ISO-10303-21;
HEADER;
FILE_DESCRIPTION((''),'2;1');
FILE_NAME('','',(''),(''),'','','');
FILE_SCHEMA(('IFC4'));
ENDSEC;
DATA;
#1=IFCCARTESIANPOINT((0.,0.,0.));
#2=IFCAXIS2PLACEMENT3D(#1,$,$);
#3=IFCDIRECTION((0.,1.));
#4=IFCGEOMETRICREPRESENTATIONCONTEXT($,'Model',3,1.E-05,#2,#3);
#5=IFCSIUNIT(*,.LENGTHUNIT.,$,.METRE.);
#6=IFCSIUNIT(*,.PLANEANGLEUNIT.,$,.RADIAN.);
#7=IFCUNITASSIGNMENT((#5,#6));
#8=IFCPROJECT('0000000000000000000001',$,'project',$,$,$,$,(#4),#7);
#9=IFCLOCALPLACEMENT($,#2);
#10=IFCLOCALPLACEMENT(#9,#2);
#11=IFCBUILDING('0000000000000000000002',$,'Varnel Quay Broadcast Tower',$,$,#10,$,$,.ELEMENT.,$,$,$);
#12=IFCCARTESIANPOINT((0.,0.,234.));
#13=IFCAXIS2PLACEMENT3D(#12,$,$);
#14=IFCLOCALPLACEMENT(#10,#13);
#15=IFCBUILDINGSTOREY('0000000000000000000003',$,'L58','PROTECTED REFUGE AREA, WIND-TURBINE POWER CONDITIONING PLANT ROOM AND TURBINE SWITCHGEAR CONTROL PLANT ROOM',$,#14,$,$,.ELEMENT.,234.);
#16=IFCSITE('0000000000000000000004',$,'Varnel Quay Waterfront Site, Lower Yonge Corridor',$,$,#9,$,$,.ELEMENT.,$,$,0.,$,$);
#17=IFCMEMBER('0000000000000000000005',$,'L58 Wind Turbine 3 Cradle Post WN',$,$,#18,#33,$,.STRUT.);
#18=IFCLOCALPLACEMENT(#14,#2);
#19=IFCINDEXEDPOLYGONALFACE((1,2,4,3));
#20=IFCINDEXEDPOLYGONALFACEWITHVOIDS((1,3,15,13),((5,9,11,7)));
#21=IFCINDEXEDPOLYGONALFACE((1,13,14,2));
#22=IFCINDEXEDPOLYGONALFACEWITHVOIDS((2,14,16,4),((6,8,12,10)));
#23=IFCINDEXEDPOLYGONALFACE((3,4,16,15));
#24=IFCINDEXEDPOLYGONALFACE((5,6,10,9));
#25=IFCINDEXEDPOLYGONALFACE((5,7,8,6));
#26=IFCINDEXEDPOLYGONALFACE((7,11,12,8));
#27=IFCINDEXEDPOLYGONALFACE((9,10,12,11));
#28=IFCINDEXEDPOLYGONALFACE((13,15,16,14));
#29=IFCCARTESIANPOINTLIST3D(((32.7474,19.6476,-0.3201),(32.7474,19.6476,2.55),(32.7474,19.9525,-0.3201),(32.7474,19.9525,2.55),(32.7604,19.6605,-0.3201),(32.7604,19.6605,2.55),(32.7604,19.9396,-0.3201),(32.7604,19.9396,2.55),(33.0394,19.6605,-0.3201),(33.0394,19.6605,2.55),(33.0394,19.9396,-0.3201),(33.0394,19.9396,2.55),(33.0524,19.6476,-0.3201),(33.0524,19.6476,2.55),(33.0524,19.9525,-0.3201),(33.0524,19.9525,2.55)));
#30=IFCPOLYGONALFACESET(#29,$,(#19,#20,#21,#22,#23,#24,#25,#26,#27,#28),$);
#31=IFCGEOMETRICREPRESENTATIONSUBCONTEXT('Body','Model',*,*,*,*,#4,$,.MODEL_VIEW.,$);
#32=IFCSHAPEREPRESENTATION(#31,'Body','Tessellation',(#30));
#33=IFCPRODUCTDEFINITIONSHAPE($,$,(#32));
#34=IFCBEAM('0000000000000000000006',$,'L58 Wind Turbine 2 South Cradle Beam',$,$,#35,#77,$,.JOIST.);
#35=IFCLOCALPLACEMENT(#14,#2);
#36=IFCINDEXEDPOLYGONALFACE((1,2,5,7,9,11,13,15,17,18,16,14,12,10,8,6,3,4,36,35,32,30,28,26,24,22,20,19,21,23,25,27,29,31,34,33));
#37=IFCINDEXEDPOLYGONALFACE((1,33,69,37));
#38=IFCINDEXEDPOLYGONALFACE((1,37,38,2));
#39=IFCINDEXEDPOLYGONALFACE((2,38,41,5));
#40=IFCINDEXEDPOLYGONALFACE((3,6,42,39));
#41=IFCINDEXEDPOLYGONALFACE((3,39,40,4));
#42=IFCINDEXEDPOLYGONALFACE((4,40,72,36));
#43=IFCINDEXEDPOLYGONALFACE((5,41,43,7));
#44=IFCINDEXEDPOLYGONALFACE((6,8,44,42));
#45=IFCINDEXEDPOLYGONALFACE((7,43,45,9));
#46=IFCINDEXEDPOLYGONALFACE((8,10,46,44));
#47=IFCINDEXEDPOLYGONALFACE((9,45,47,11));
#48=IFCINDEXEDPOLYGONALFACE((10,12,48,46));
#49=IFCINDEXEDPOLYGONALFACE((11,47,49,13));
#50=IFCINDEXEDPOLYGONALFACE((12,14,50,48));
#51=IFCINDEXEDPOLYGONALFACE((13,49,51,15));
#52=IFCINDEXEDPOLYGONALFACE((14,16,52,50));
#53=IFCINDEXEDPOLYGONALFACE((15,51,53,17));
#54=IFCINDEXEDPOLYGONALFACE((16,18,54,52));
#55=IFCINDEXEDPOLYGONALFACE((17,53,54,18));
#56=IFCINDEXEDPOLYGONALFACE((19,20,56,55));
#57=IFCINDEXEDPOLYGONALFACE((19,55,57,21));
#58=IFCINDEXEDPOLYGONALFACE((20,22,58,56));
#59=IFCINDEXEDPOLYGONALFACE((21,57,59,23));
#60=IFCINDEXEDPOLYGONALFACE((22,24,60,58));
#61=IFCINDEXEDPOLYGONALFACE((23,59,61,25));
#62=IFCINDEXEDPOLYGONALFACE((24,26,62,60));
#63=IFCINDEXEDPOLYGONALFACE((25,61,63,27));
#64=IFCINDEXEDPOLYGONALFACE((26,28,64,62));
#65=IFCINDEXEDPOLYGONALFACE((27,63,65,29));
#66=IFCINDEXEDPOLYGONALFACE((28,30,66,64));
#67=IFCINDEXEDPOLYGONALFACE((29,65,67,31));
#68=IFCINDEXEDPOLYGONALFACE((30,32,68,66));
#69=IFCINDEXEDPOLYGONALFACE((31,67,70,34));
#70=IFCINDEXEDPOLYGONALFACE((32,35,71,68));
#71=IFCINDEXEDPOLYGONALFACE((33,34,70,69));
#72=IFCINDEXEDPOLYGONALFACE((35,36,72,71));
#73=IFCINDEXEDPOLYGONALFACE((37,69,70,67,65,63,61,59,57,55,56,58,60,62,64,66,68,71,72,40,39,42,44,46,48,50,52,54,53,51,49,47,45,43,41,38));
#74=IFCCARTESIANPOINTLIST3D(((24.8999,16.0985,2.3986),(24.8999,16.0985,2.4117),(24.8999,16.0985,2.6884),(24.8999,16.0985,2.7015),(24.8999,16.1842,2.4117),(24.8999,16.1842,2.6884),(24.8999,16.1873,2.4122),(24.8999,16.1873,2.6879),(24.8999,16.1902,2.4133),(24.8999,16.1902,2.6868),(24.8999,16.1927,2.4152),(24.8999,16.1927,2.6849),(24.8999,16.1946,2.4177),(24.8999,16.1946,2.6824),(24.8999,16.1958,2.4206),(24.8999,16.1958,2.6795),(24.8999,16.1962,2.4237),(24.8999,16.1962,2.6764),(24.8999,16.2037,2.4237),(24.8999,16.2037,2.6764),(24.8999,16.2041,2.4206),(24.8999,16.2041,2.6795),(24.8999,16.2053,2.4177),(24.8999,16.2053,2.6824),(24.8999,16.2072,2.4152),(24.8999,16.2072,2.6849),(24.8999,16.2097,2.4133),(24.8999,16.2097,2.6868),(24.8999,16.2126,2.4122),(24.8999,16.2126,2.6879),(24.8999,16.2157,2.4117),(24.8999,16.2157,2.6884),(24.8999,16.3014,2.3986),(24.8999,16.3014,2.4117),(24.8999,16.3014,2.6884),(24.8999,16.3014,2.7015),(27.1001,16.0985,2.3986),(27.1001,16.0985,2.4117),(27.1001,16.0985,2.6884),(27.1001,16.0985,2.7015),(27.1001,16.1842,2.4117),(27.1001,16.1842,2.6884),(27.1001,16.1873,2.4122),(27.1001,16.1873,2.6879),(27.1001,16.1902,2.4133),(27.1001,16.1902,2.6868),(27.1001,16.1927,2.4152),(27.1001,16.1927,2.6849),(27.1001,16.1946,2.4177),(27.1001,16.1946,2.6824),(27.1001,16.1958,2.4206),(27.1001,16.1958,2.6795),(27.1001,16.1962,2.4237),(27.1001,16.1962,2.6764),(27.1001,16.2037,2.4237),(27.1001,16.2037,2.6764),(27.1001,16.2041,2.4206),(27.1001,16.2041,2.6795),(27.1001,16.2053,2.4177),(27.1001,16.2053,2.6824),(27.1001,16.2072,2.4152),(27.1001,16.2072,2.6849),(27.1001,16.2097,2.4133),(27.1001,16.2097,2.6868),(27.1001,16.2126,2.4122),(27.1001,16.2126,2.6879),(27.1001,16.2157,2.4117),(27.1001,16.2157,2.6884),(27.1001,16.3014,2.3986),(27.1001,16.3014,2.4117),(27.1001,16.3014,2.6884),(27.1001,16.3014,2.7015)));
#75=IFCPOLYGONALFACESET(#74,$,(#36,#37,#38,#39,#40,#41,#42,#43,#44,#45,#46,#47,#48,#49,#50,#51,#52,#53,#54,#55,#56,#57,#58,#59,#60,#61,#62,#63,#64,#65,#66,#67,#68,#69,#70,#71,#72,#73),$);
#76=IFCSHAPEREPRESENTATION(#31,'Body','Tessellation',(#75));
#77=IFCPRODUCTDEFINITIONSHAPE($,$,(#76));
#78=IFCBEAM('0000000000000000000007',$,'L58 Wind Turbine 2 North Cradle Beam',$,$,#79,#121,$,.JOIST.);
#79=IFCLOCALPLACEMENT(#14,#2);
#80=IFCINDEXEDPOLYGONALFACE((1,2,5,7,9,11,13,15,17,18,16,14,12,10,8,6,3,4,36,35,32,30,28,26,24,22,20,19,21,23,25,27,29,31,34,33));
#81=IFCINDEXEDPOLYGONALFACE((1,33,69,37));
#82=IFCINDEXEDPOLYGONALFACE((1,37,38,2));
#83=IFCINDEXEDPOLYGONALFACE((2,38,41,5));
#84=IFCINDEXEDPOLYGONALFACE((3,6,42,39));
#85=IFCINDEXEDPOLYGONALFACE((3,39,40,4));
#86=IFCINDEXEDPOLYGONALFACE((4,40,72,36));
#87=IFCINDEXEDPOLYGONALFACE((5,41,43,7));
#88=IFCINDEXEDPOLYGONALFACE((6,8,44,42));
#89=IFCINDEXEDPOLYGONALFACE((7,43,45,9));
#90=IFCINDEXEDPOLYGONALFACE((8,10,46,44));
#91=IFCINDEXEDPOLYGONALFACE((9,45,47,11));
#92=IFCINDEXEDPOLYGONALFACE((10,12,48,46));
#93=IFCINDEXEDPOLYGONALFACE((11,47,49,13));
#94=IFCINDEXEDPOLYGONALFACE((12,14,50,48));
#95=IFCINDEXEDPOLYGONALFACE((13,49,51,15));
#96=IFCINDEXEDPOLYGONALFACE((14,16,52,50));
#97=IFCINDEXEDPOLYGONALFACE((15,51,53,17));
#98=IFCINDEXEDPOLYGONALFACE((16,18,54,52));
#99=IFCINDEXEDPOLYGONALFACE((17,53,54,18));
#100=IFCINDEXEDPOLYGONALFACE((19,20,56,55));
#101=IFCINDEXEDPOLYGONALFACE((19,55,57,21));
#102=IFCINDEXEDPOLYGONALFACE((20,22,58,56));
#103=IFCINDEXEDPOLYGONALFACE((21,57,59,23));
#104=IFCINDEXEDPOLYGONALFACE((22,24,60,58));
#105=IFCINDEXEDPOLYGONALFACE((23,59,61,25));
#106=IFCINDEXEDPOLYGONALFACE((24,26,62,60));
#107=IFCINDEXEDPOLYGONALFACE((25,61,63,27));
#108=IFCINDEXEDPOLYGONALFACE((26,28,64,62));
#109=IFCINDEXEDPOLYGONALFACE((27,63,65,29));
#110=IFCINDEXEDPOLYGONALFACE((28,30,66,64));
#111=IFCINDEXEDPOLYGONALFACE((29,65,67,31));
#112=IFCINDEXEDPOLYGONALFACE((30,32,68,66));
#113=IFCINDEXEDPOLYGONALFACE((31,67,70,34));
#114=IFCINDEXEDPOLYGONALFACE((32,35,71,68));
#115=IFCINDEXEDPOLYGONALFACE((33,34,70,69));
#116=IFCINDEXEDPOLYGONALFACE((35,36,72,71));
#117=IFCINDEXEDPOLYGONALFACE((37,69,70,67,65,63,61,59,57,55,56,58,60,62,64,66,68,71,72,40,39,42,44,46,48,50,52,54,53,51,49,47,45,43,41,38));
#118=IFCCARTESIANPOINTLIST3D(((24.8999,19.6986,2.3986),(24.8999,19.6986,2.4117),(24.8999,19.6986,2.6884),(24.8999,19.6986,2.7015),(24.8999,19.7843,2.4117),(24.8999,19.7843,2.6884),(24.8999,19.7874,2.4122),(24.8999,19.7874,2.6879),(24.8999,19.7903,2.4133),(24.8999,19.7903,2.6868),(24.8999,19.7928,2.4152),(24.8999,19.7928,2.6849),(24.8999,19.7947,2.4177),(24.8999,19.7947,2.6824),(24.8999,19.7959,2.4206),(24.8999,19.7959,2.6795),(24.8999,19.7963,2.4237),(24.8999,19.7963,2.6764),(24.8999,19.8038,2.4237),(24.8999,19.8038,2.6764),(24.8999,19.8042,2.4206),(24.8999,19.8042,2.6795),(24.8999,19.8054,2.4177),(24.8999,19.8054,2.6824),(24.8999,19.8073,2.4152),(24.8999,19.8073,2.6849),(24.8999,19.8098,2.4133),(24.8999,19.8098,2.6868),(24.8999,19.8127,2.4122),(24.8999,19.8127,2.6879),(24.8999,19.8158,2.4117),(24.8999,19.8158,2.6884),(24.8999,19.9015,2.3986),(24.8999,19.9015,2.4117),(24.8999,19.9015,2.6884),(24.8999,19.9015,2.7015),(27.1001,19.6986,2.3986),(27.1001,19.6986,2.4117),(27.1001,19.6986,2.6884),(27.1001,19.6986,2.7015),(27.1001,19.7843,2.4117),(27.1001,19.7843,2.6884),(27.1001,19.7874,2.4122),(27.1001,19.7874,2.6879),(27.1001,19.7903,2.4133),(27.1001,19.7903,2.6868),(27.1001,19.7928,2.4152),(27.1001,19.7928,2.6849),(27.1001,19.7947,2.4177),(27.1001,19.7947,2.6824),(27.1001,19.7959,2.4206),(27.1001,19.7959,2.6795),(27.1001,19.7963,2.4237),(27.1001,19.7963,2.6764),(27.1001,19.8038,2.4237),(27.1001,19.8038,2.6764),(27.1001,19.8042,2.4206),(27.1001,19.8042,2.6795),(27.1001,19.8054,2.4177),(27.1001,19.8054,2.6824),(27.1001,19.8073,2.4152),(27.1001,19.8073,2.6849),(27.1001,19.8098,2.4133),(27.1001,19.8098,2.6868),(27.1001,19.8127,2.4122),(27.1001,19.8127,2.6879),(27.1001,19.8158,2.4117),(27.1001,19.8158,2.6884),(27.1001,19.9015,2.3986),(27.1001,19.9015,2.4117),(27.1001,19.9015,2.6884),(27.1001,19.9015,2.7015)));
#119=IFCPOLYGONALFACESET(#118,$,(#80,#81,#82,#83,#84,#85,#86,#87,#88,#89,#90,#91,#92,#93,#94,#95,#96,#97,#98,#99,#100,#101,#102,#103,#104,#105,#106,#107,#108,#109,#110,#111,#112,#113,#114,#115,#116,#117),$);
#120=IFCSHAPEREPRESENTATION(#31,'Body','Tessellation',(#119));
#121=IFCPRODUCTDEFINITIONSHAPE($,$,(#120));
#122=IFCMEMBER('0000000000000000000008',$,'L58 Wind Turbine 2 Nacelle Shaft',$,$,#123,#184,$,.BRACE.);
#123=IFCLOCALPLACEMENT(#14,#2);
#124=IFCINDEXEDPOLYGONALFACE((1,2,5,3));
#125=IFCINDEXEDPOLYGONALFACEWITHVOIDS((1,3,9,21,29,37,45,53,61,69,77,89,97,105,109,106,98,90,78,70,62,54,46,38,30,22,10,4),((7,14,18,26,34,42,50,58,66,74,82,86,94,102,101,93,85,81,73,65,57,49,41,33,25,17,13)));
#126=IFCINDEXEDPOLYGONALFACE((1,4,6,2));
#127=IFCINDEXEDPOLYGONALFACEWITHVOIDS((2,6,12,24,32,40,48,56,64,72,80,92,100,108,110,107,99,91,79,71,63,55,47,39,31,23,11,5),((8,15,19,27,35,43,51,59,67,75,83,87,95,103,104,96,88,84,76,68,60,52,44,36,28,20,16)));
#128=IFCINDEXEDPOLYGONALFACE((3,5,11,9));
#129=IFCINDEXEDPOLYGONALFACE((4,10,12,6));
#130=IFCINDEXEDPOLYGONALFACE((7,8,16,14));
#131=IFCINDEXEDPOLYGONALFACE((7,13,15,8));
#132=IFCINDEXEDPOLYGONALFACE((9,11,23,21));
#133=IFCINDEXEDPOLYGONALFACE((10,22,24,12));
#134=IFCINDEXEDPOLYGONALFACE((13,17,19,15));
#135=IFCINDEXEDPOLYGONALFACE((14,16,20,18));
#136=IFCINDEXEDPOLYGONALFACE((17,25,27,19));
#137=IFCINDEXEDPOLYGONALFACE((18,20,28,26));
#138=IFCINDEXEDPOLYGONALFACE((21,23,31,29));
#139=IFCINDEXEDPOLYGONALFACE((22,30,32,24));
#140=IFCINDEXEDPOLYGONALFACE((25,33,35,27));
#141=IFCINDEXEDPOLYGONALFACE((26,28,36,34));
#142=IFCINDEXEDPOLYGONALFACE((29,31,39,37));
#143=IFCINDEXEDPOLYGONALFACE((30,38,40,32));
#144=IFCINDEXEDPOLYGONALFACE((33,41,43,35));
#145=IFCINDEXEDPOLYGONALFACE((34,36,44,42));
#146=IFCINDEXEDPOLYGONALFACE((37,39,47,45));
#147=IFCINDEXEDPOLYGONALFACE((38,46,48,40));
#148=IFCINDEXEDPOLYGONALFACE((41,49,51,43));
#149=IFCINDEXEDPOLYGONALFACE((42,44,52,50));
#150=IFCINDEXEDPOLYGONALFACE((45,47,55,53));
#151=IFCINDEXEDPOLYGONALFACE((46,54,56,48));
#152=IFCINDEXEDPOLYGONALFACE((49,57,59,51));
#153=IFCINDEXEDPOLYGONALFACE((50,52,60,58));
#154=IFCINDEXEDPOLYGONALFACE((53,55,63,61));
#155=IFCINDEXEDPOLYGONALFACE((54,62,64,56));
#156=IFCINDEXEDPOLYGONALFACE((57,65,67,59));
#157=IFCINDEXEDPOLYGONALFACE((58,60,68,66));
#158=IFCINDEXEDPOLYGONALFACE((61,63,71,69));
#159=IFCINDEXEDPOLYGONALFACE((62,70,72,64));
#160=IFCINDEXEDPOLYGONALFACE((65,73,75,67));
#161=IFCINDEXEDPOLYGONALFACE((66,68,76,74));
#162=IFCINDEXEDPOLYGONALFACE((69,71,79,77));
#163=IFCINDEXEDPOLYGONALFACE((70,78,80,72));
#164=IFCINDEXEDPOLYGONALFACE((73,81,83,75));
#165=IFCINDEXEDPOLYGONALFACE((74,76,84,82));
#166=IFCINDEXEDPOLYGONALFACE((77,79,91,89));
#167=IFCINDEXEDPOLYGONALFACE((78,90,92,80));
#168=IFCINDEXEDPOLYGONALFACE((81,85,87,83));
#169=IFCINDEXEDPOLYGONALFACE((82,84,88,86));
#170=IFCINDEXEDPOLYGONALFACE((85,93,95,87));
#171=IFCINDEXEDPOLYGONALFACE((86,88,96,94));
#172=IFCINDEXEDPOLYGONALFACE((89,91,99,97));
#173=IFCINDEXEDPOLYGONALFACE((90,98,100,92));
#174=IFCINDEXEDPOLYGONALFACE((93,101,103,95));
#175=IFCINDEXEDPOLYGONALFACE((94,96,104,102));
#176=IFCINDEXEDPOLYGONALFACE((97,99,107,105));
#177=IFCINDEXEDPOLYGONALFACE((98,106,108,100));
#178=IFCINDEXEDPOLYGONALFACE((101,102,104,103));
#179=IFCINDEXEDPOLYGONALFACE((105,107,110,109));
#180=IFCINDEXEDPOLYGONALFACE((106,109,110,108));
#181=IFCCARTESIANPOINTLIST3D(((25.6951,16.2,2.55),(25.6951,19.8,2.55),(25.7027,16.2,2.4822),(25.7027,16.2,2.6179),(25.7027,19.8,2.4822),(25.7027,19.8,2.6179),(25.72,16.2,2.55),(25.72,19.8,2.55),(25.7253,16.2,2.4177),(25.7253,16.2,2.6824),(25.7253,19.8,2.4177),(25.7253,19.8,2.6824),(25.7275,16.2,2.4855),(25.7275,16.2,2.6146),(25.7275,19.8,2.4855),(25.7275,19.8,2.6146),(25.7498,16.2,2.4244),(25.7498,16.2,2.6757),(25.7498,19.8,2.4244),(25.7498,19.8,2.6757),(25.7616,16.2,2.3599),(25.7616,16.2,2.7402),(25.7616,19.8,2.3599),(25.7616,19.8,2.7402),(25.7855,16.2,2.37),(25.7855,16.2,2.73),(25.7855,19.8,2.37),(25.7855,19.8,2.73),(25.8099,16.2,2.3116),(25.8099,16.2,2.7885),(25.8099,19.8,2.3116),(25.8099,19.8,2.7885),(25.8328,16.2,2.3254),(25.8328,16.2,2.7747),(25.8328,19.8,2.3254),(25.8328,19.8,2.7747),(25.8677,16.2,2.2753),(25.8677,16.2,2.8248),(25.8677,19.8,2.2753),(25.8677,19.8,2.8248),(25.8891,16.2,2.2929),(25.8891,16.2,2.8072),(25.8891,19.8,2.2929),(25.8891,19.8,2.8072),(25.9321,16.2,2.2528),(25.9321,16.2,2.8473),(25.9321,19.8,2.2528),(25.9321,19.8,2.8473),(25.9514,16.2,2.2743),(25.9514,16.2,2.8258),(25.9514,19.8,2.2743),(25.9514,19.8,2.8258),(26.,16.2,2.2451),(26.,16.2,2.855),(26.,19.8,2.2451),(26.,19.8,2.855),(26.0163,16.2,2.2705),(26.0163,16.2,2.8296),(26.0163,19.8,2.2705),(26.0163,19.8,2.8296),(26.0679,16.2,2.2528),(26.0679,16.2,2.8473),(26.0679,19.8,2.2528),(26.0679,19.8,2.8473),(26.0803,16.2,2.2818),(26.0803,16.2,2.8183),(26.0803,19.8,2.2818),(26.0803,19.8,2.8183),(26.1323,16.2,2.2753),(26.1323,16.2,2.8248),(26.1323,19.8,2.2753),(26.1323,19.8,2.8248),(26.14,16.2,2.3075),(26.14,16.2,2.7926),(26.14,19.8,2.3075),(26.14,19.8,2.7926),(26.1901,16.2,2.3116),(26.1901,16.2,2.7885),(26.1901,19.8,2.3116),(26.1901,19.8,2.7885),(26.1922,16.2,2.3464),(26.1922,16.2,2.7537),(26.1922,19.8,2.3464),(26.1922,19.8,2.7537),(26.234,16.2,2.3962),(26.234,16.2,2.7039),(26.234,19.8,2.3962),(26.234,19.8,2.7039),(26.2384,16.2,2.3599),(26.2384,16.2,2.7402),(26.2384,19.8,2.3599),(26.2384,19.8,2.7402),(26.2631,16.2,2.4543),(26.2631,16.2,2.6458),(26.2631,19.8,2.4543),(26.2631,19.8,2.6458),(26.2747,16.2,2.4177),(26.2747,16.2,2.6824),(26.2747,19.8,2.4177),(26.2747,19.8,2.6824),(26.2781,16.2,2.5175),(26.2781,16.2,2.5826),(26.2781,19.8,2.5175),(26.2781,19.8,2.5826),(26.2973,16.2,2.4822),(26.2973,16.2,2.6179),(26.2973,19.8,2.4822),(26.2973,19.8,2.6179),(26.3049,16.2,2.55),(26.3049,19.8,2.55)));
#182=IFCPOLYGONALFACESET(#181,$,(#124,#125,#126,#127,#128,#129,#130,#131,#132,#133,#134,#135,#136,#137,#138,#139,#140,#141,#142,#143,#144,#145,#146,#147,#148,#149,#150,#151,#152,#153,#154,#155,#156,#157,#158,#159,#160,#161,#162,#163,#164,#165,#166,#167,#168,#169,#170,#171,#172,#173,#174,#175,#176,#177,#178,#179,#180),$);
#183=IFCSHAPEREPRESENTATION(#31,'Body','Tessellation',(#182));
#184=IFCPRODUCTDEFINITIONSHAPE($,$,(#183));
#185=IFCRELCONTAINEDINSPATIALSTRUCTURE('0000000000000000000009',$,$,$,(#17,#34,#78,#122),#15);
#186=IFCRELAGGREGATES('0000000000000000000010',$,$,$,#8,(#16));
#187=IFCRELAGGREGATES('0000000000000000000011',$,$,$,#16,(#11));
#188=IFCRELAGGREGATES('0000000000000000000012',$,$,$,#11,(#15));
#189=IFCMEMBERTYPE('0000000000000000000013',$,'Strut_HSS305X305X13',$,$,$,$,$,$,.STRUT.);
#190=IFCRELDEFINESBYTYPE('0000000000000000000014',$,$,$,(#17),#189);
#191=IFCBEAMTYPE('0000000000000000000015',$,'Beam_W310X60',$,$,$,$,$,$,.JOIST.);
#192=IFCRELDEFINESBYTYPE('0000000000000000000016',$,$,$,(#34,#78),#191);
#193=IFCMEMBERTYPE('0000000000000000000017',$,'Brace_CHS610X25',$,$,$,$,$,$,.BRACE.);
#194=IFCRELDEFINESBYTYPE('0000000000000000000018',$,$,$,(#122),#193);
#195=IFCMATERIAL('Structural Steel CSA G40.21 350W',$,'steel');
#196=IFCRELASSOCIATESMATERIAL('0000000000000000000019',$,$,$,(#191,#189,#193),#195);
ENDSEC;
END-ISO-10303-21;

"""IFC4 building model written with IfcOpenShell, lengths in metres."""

from ifc_helpers import new_model, si_unit, direction, frame, origin, origin_2d, place, context, subcontext, project, spatial, hollow_rectangle, hollow_circle, i_section, extrude, source, transform, mapped, material, material_profile, profile_set, type_object, type_shapes, element, save


model = new_model("IFC4")

# Units and contexts
model_context = context("Model", 3, precision=1e-05, world=origin(), true_north=direction((0.0, 1.0)))
body_context = subcontext(model_context, "Body", "Model", "MODEL_VIEW")
ifc_project = project(units=[si_unit("LENGTHUNIT", "METRE"), si_unit("PLANEANGLEUNIT", "RADIAN")], contexts=[model_context])

# Site, building, storey
site_placement = place(None, origin())
site = spatial("IfcSite", under=ifc_project, at=site_placement, Name="Varnel Quay Waterfront Site, Lower Yonge Corridor", CompositionType="ELEMENT", RefElevation=0.0)
building_placement = place(site_placement, origin())
building = spatial("IfcBuilding", under=site, at=building_placement, Name="Varnel Quay Broadcast Tower", CompositionType="ELEMENT")
storey_placement = place(building_placement, frame((0.0, 0.0, 234.0)))
storey = spatial("IfcBuildingStorey", under=building, at=storey_placement, Name="L58", Description="PROTECTED REFUGE AREA, WIND-TURBINE POWER CONDITIONING PLANT ROOM AND TURBINE SWITCHGEAR CONTROL PLANT ROOM", CompositionType="ELEMENT", Elevation=234.0)

# Shared definitions
ifc_material_1 = material(Name="Structural Steel CSA G40.21 350W", Category="steel")

# Shared definitions
ifc_material_profile_1 = material_profile(ifc_material_1, i_section(OverallWidth=0.2029, OverallDepth=0.303, WebThickness=0.0076, FlangeThickness=0.0132, FilletRadius=0.012, at=origin_2d()), Name="W310X60")
ifc_profile_set_1 = profile_set([ifc_material_profile_1], Name="Structural Steel CSA G40.21 350W")
beam_type_1 = type_object("IfcBeamType", Name="Beam_W310X60", PredefinedType="JOIST", material=ifc_profile_set_1)

# Member
ifc_material_profile_2 = material_profile(ifc_material_1, hollow_rectangle(XDim=0.3049, YDim=0.3049, WallThickness=0.0129, at=origin_2d()), Name="HSS305X305X13")
ifc_profile_set_2 = profile_set([ifc_material_profile_2], Name="Structural Steel CSA G40.21 350W")
member_type_1 = type_object("IfcMemberType", Name="Strut_HSS305X305X13", PredefinedType="STRUT", material=ifc_profile_set_2)
shared_shape_1 = source(origin(), body_context, "Body", "SweptSolid", [
    extrude(hollow_rectangle(XDim=0.3049, YDim=0.3049, WallThickness=0.0129, at=origin_2d()), origin(), (0.0, 0.0, 1.0), 2.8701),
])
type_shapes(member_type_1, [shared_shape_1])
for number, where, z_axis, x_axis, name in (
    (1, (32.8999, 19.8, -0.3201), (0.0, 0.0, 1.0), (1.0, 0.0, 0.0), "L58 Wind Turbine 3 Cradle Post WN"),
):
    element("IfcMember", number, at=place(storey_placement, frame(where, z_axis=z_axis, x_axis=x_axis)), inside=storey, type_object=member_type_1, Name=name, PredefinedType="STRUT", context=body_context, shape_type="MappedRepresentation", body=[
        mapped(shared_shape_1, transform((0.0, 0.0, 0.0), x_axis=(1.0, 0.0, 0.0), y_axis=(0.0, 1.0, 0.0), z_axis=(0.0, 0.0, 1.0), scale=1.0)),
    ])

# Beams
shared_shape_2 = source(origin(), body_context, "Body", "SweptSolid", [
    extrude(i_section(OverallWidth=0.2029, OverallDepth=0.303, WebThickness=0.0076, FlangeThickness=0.0132, FilletRadius=0.012, at=origin_2d()), origin(), (0.0, 0.0, 1.0), 2.2002),
])
for number, where, z_axis, x_axis, name in (
    (2, (24.8999, 16.2, 2.55), (1.0, 0.0, 0.0), (0.0, 1.0, 0.0), "L58 Wind Turbine 2 South Cradle Beam"),
    (3, (24.8999, 19.8, 2.55), (1.0, 0.0, 0.0), (0.0, 1.0, 0.0), "L58 Wind Turbine 2 North Cradle Beam"),
):
    element("IfcBeam", number, at=place(storey_placement, frame(where, z_axis=z_axis, x_axis=x_axis)), inside=storey, type_object=beam_type_1, Name=name, PredefinedType="JOIST", context=body_context, shape_type="MappedRepresentation", body=[
        mapped(shared_shape_2, transform((0.0, 0.0, 0.0), x_axis=(1.0, 0.0, 0.0), y_axis=(0.0, 1.0, 0.0), z_axis=(0.0, 0.0, 1.0), scale=1.0)),
    ])

# Member
ifc_material_profile_3 = material_profile(ifc_material_1, hollow_circle(Radius=0.3049, WallThickness=0.0249, at=origin_2d()), Name="CHS610X25")
ifc_profile_set_3 = profile_set([ifc_material_profile_3], Name="Structural Steel CSA G40.21 350W")
member_type_2 = type_object("IfcMemberType", Name="Brace_CHS610X25", PredefinedType="BRACE", material=ifc_profile_set_3)
shared_shape_3 = source(origin(), body_context, "Body", "SweptSolid", [
    extrude(hollow_circle(Radius=0.3049, WallThickness=0.0249, at=origin_2d()), origin(), (0.0, 0.0, 1.0), 3.6001),
])
type_shapes(member_type_2, [shared_shape_3])
member_placement = place(storey_placement, frame((26.0, 16.2, 2.55), z_axis=(0.0, 1.0, 0.0), x_axis=(-1.0, 0.0, 0.0)))
element("IfcMember", 4, at=member_placement, inside=storey, type_object=member_type_2, Name="L58 Wind Turbine 2 Nacelle Shaft", PredefinedType="BRACE", context=body_context, shape_type="MappedRepresentation", body=[
    mapped(shared_shape_3, transform((0.0, 0.0, 0.0), x_axis=(1.0, 0.0, 0.0), y_axis=(0.0, 1.0, 0.0), z_axis=(0.0, 0.0, 1.0), scale=1.0)),
])

save(model, "model.ifc")
